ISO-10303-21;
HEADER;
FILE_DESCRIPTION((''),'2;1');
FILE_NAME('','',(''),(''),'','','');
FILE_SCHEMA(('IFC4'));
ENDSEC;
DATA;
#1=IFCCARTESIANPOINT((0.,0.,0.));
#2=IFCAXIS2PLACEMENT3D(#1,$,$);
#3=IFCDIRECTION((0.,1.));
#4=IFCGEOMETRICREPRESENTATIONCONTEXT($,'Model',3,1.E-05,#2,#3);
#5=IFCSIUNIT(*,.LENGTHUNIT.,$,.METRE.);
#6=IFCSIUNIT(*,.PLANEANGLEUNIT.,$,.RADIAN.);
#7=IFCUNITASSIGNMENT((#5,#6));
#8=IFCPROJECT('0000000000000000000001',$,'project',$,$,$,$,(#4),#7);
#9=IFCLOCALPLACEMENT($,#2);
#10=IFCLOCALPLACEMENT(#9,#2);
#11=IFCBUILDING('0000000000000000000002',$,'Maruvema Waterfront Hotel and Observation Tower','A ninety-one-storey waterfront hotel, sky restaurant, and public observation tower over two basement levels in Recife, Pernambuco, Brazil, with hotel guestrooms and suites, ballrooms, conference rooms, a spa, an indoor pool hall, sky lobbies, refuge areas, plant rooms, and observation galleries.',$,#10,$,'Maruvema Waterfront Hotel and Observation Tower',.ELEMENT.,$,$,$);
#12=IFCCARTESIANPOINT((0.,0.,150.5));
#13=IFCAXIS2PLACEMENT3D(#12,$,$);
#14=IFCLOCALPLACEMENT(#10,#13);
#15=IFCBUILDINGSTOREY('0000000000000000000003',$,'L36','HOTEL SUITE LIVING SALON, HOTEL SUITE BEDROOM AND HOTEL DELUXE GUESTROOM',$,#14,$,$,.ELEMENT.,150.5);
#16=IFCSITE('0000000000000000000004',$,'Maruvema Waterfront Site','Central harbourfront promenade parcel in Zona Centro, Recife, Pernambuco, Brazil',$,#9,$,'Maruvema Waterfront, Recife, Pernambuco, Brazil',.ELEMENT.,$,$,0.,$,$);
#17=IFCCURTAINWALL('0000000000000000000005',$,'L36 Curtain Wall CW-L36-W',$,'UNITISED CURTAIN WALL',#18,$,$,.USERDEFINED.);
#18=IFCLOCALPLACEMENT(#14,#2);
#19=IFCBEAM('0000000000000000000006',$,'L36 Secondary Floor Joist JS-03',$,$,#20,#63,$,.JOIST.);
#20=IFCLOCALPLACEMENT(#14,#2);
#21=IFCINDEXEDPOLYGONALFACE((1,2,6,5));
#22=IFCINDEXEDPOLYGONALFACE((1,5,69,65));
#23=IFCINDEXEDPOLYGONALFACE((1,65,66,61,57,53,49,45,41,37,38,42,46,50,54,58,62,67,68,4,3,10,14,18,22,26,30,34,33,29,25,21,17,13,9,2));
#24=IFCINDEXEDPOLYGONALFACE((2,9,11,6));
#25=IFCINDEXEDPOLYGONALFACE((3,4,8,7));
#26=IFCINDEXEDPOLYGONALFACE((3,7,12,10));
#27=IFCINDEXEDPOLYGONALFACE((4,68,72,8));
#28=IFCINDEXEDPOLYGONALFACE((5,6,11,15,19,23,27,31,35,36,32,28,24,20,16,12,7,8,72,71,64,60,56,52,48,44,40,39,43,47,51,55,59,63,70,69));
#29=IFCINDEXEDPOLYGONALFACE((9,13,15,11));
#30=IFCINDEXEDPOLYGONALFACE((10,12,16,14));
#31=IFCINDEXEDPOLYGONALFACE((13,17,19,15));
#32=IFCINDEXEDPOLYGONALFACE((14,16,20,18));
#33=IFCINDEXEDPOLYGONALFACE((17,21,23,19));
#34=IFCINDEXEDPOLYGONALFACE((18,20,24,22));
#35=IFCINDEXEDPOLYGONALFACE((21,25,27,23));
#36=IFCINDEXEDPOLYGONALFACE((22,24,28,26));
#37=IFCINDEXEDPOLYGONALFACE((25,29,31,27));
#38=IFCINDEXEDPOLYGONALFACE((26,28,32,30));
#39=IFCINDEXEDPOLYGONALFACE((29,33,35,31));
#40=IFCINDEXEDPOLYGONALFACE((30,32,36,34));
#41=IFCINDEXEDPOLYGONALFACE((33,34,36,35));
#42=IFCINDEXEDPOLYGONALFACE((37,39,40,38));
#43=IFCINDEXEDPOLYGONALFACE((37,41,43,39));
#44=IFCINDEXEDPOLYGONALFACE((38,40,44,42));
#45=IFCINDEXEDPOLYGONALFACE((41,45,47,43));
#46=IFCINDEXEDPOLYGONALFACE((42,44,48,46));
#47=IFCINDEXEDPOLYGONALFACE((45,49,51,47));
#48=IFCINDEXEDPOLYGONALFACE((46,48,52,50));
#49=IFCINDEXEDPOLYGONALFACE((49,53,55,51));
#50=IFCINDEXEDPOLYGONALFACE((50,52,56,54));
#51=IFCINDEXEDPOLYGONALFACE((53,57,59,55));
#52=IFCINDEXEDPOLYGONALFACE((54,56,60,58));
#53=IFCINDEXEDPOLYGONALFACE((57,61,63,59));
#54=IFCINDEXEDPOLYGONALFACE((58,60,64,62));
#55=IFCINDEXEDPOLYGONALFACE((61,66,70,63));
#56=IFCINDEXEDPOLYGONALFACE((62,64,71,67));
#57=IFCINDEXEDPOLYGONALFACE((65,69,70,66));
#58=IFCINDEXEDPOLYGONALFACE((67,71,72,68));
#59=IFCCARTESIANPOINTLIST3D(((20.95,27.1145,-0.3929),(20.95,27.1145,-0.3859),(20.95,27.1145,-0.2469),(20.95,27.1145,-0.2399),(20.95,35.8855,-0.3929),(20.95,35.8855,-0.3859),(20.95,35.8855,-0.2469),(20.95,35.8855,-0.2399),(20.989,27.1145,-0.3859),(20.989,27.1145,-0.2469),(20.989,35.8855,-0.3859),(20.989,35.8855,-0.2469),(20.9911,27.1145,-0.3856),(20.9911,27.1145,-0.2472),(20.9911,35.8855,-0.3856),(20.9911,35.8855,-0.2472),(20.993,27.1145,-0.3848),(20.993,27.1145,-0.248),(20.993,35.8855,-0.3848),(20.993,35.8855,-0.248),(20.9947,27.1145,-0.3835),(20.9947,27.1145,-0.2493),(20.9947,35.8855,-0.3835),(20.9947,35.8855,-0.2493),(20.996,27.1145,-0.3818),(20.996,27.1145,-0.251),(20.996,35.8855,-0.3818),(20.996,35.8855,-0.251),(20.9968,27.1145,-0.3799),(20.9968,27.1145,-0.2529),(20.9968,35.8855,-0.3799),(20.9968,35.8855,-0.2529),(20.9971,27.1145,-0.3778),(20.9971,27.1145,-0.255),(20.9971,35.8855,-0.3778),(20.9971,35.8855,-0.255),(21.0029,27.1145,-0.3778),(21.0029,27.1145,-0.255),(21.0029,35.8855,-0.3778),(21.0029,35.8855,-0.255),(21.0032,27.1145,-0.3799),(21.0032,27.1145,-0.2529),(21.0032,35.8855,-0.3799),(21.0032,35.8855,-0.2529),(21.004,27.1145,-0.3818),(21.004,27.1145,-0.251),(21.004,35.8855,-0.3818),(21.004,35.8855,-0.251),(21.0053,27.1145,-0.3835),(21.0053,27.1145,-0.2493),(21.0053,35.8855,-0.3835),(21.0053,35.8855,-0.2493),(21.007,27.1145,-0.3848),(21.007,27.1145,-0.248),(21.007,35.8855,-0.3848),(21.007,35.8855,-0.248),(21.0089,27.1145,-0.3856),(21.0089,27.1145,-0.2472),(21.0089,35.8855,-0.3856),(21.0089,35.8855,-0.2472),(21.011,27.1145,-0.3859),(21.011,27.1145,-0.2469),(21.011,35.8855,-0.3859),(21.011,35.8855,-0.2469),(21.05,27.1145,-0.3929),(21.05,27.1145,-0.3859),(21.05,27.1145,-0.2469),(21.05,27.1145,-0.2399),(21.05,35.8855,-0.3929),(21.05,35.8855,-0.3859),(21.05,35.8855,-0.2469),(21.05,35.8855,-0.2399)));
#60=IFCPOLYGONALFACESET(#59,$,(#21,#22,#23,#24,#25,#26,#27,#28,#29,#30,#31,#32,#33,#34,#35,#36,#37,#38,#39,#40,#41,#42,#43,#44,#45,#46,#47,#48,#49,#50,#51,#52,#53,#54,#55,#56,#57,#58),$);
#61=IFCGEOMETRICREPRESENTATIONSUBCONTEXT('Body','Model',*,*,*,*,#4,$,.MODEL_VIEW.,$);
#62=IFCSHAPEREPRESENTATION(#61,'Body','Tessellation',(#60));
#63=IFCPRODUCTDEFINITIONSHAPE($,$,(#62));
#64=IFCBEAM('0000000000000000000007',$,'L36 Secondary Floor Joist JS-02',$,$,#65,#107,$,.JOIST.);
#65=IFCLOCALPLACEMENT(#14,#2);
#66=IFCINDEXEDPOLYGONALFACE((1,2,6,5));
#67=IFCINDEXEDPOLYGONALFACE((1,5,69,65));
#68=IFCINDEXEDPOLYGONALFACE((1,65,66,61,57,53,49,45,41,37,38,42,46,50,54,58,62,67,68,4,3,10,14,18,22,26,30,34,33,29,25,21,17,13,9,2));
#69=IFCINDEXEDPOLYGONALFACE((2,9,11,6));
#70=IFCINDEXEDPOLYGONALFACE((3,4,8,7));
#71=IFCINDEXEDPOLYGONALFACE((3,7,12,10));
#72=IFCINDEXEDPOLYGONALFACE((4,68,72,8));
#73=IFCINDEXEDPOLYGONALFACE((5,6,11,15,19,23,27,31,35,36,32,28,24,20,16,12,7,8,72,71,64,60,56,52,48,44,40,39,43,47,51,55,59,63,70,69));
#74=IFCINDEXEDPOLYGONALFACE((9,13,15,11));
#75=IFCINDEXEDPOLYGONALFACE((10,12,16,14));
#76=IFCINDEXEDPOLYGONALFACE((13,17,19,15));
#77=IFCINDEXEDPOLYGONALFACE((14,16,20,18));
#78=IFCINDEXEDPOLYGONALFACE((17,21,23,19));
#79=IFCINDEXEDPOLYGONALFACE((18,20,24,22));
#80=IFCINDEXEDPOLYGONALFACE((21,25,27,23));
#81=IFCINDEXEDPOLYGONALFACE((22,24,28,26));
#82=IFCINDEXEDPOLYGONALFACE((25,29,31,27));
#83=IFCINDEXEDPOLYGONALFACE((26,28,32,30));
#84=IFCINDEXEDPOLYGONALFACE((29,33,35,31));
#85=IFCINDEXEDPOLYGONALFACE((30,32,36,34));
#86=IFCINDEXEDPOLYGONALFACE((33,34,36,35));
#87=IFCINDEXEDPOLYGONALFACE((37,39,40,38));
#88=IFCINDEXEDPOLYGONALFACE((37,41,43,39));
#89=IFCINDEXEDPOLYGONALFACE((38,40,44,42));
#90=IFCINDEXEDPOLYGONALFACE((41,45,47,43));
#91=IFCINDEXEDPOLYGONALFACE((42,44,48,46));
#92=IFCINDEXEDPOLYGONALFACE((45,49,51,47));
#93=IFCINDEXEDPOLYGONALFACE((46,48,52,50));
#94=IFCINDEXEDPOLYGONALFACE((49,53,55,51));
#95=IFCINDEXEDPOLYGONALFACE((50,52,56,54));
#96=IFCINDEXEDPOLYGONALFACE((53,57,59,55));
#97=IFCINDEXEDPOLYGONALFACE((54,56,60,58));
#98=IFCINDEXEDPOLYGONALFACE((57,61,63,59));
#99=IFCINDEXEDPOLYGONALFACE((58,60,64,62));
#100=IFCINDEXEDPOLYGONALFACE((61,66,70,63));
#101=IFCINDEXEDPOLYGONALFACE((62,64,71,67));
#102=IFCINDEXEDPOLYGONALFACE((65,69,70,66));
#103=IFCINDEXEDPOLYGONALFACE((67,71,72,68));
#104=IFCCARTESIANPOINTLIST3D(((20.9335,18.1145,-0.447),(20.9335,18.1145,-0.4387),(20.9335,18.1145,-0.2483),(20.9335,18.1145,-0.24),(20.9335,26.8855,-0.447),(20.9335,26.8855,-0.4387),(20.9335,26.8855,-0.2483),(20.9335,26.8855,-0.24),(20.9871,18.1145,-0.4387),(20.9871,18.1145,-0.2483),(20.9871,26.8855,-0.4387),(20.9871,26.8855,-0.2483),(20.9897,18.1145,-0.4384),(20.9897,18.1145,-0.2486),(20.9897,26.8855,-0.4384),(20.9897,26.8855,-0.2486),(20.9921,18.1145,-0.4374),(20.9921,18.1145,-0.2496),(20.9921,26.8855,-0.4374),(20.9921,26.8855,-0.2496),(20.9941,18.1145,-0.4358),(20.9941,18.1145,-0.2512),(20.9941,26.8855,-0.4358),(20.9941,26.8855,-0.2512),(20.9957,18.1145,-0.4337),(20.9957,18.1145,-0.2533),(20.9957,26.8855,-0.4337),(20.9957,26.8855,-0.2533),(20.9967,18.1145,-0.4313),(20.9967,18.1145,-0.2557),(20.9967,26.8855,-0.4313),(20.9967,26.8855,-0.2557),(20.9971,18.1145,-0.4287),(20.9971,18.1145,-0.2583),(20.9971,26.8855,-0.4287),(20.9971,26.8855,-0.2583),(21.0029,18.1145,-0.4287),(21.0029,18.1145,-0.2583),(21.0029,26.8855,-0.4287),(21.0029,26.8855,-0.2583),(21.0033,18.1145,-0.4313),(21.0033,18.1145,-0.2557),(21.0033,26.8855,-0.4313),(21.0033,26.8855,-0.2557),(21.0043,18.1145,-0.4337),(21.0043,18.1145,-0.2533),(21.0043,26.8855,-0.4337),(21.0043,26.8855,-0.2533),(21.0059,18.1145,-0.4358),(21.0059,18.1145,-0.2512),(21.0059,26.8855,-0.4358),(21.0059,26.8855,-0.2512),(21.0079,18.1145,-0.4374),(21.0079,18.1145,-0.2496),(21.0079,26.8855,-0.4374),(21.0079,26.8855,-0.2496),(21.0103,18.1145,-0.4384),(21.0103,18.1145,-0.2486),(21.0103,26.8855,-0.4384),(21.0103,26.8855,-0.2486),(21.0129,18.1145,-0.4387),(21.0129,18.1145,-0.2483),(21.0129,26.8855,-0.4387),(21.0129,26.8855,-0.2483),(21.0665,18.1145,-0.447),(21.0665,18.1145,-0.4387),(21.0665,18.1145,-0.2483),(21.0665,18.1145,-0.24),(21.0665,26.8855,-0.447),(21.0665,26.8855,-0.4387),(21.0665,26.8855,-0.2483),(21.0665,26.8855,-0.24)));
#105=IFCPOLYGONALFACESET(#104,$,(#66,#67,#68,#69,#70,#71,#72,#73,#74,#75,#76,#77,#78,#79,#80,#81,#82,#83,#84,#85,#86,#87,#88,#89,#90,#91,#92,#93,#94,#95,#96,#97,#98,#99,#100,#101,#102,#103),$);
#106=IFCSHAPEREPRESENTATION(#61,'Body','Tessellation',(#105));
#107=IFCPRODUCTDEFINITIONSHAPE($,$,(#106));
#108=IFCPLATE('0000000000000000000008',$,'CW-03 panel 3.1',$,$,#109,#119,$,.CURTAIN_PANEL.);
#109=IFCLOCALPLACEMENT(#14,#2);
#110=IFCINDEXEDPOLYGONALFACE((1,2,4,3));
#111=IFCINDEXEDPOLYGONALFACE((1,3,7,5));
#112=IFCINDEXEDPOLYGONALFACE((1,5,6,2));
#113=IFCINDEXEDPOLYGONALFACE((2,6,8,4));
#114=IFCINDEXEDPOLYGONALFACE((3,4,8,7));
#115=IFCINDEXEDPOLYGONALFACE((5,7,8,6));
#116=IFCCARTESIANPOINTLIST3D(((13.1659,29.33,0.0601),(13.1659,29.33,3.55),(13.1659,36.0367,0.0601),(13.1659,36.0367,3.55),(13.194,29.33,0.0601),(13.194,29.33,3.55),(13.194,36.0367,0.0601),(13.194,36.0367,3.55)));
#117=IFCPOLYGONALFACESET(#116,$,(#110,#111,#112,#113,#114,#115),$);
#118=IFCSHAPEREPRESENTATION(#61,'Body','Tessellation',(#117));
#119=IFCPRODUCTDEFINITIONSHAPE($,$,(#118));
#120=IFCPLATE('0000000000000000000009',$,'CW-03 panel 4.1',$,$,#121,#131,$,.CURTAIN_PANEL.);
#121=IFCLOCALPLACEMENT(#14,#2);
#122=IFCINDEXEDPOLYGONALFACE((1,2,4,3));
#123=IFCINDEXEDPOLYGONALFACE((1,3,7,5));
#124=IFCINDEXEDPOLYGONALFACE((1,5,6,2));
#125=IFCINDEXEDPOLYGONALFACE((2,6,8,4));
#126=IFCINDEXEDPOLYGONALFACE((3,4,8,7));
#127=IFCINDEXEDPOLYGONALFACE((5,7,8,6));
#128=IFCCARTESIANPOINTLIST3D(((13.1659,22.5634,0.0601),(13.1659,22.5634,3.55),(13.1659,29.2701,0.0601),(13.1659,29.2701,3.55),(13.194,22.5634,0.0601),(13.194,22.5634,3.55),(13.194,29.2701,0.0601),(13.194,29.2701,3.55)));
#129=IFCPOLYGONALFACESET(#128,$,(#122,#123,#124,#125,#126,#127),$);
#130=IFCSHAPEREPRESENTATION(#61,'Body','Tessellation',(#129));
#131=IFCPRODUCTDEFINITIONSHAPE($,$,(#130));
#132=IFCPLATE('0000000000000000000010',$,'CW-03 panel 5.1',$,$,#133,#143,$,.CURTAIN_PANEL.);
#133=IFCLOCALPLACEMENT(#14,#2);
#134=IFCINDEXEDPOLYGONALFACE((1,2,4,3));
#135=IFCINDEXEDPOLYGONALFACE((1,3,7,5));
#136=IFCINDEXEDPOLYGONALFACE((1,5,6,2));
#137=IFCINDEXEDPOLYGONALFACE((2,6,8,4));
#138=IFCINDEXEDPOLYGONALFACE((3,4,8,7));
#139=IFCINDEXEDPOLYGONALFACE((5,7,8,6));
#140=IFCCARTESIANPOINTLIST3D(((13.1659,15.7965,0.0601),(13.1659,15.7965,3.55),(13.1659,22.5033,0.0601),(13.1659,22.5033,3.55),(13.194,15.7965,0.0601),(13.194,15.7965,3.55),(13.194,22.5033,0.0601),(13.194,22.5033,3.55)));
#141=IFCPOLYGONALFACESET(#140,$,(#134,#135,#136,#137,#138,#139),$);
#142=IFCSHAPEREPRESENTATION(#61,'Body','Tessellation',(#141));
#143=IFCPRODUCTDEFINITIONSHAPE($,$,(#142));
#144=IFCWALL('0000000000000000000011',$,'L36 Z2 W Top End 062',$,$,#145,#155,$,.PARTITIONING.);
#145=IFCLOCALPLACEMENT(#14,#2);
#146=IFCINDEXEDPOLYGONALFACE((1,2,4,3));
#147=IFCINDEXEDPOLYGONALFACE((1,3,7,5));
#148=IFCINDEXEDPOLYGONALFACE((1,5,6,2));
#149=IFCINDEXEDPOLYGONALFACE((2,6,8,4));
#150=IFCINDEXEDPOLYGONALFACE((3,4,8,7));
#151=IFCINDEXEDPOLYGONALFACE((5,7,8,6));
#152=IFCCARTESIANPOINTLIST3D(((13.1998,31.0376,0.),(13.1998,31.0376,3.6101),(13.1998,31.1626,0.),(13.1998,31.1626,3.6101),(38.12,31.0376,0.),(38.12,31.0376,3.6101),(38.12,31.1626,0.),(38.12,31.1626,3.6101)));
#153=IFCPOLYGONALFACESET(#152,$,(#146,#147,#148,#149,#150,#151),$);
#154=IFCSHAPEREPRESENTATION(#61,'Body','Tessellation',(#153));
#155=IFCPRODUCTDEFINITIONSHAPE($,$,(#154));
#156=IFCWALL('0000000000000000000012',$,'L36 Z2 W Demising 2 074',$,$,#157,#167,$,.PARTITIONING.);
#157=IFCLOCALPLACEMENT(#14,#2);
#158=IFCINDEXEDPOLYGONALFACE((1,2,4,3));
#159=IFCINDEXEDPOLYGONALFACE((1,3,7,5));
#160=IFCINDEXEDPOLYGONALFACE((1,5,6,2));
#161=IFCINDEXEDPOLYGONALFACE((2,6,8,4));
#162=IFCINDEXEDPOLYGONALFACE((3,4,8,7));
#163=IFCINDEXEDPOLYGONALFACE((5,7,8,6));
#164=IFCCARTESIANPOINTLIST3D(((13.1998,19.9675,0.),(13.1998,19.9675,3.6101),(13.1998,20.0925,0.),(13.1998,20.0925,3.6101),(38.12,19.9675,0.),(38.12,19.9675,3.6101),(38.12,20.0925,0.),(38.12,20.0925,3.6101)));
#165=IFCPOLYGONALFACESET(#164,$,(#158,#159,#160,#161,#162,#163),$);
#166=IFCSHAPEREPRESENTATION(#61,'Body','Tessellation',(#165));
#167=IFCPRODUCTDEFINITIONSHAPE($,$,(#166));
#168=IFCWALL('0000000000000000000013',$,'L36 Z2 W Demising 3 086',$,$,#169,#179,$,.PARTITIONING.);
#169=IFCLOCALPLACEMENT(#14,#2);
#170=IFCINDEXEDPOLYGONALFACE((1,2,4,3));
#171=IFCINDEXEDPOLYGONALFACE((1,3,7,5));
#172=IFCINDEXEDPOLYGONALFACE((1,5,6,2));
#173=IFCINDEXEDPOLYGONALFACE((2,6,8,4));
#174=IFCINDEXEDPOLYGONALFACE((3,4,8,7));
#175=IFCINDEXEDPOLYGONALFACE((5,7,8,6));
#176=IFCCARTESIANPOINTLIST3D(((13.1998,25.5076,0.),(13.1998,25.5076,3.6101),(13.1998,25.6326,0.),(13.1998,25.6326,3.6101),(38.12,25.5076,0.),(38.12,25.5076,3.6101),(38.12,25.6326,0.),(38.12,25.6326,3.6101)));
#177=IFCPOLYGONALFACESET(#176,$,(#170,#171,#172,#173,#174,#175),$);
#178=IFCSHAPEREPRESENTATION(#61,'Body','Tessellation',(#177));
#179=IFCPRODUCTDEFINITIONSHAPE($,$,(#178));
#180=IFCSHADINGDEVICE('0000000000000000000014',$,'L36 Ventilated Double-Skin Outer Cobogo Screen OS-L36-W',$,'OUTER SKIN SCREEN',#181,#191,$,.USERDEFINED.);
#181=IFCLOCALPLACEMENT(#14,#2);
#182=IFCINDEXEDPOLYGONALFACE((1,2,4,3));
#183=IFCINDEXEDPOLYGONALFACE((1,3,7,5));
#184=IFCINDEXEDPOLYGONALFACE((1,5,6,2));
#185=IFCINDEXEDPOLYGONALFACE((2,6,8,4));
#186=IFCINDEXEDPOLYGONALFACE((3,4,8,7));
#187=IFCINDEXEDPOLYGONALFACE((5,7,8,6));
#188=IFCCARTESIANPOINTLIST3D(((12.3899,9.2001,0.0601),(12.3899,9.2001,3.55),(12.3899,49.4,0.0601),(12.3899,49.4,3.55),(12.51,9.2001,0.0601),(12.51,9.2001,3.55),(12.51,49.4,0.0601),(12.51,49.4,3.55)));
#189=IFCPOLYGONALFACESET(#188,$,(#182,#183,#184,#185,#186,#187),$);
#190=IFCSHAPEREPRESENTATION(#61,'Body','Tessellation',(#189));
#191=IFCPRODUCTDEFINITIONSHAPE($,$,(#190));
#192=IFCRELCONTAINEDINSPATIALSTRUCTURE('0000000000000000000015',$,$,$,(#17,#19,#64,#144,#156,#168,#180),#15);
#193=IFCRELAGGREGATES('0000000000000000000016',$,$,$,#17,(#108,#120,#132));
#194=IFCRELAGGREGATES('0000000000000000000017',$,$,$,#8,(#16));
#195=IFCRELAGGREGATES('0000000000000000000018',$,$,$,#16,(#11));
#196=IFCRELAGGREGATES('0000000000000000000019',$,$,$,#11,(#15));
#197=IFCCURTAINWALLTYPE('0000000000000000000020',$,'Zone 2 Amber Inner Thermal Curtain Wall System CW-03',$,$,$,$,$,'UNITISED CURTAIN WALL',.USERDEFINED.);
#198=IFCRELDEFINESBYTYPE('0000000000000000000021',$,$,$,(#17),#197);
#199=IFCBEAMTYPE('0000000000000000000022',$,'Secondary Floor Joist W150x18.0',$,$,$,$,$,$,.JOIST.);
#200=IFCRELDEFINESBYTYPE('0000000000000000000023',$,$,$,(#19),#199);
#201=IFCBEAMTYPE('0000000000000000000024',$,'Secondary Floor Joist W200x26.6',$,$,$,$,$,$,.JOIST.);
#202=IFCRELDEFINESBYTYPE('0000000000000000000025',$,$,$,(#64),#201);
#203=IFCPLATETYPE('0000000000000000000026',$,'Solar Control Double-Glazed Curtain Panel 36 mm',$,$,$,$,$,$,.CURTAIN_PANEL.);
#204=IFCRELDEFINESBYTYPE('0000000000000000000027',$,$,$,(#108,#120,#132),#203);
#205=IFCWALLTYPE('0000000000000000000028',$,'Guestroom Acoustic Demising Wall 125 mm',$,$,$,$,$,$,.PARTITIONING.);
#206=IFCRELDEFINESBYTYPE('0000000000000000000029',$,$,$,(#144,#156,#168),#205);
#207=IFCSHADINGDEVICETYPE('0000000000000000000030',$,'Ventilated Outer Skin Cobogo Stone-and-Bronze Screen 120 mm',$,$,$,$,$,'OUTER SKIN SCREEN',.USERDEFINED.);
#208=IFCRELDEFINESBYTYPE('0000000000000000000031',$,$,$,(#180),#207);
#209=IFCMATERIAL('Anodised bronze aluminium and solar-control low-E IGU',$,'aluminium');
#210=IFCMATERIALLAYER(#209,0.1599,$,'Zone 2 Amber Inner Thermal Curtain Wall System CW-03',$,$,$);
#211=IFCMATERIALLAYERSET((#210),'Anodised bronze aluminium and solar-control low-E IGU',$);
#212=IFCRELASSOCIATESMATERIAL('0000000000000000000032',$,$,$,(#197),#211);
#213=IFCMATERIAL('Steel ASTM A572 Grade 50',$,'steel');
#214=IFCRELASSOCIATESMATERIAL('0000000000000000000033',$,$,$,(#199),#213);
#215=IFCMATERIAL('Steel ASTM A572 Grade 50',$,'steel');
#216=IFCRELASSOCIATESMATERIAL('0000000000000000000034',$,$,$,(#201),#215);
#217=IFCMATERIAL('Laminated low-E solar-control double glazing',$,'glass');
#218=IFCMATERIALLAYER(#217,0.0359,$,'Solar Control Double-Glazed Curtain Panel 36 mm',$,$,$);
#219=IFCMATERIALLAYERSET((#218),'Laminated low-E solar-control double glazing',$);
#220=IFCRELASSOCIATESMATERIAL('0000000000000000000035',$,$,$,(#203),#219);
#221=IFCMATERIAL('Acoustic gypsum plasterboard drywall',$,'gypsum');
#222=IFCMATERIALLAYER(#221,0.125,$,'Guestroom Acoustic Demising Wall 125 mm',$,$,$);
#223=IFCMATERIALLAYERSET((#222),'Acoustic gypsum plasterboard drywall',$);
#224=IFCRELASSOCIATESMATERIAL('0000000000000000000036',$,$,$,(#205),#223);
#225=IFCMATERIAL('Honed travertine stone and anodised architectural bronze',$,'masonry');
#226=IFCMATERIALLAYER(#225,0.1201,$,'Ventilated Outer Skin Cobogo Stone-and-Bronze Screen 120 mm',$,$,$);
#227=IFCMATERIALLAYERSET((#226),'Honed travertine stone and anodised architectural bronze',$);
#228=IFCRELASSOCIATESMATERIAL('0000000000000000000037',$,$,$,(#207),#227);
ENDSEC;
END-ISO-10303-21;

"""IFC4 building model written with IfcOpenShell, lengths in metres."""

from ifc_helpers import new_model, si_unit, direction, frame, frame_2d, origin, origin_2d, place, context, subcontext, project, spatial, rectangle, i_section, extrude, material, layer, layer_set, material_profile, profile_set, type_object, element, aggregate, save


model = new_model("IFC4")

# Units and contexts
model_context = context("Model", 3, precision=1e-05, world=origin(), true_north=direction((0.0, 1.0)))
body_context = subcontext(model_context, "Body", "Model", "MODEL_VIEW")
ifc_project = project(units=[si_unit("LENGTHUNIT", "METRE"), si_unit("PLANEANGLEUNIT", "RADIAN")], contexts=[model_context])

# Site, building, storey
site_placement = place(None, origin())
site = spatial("IfcSite", under=ifc_project, at=site_placement, Name="Maruvema Waterfront Site", Description="Central harbourfront promenade parcel in Zona Centro, Recife, Pernambuco, Brazil", LongName="Maruvema Waterfront, Recife, Pernambuco, Brazil", CompositionType="ELEMENT", RefElevation=0.0)
building_placement = place(site_placement, origin())
building = spatial("IfcBuilding", under=site, at=building_placement, Name="Maruvema Waterfront Hotel and Observation Tower", Description="A ninety-one-storey waterfront hotel, sky restaurant, and public observation tower over two basement levels in Recife, Pernambuco, Brazil, with hotel guestrooms and suites, ballrooms, conference rooms, a spa, an indoor pool hall, sky lobbies, refuge areas, plant rooms, and observation galleries.", LongName="Maruvema Waterfront Hotel and Observation Tower", CompositionType="ELEMENT")
storey_placement = place(building_placement, frame((0.0, 0.0, 150.5)))
storey = spatial("IfcBuildingStorey", under=building, at=storey_placement, Name="L36", Description="HOTEL SUITE LIVING SALON, HOTEL SUITE BEDROOM AND HOTEL DELUXE GUESTROOM", CompositionType="ELEMENT", Elevation=150.5)

# Curtain wall
ifc_material_1 = material(Name="Anodised bronze aluminium and solar-control low-E IGU", Category="aluminium")
ifc_layer_1 = layer(ifc_material_1, 0.1599, Name="Zone 2 Amber Inner Thermal Curtain Wall System CW-03")
ifc_layer_set_1 = layer_set([ifc_layer_1], Name="Anodised bronze aluminium and solar-control low-E IGU")
curtain_wall_type = type_object("IfcCurtainWallType", Name="Zone 2 Amber Inner Thermal Curtain Wall System CW-03", ElementType="UNITISED CURTAIN WALL", PredefinedType="USERDEFINED", material=ifc_layer_set_1)
curtain_wall_placement = place(storey_placement, origin())
curtain_wall = element("IfcCurtainWall", 1, at=curtain_wall_placement, inside=storey, type_object=curtain_wall_type, Name="L36 Curtain Wall CW-L36-W", ObjectType="UNITISED CURTAIN WALL", PredefinedType="USERDEFINED")

# Beams
ifc_material_2 = material(Name="Steel ASTM A572 Grade 50", Category="steel")
ifc_material_profile_1 = material_profile(ifc_material_2, i_section(OverallWidth=0.1001, OverallDepth=0.1531, WebThickness=0.0059, FlangeThickness=0.0071, FilletRadius=0.0081, at=origin_2d()), Name="W150x18.0")
ifc_profile_set_1 = profile_set([ifc_material_profile_1], Name="Steel ASTM A572 Grade 50")
beam_type_1 = type_object("IfcBeamType", Name="Secondary Floor Joist W150x18.0", PredefinedType="JOIST", material=ifc_profile_set_1)
beam_1_placement = place(storey_placement, frame((21.0, 27.1145, -0.3164), z_axis=(0.0, 1.0, 0.0), x_axis=(-1.0, 0.0, 0.0)))
element("IfcBeam", 2, at=beam_1_placement, inside=storey, type_object=beam_type_1, Name="L36 Secondary Floor Joist JS-03", PredefinedType="JOIST", context=body_context, shape_type="SweptSolid", body=[
    extrude(i_section(OverallWidth=0.1001, OverallDepth=0.1531, WebThickness=0.0059, FlangeThickness=0.0071, FilletRadius=0.0081, at=origin_2d()), origin(), (0.0, 0.0, 1.0), 8.771),
])
ifc_material_3 = material(Name="Steel ASTM A572 Grade 50", Category="steel")
ifc_material_profile_2 = material_profile(ifc_material_3, i_section(OverallWidth=0.1331, OverallDepth=0.207, WebThickness=0.0059, FlangeThickness=0.0083, FilletRadius=0.01, at=origin_2d()), Name="W200x26.6")
ifc_profile_set_2 = profile_set([ifc_material_profile_2], Name="Steel ASTM A572 Grade 50")
beam_type_2 = type_object("IfcBeamType", Name="Secondary Floor Joist W200x26.6", PredefinedType="JOIST", material=ifc_profile_set_2)
beam_2_placement = place(storey_placement, frame((21.0, 18.1145, -0.3435), z_axis=(0.0, 1.0, 0.0), x_axis=(-1.0, 0.0, 0.0)))
element("IfcBeam", 3, at=beam_2_placement, inside=storey, type_object=beam_type_2, Name="L36 Secondary Floor Joist JS-02", PredefinedType="JOIST", context=body_context, shape_type="SweptSolid", body=[
    extrude(i_section(OverallWidth=0.1331, OverallDepth=0.207, WebThickness=0.0059, FlangeThickness=0.0083, FilletRadius=0.01, at=origin_2d()), origin(), (0.0, 0.0, 1.0), 8.771),
])

# Plates
ifc_material_4 = material(Name="Laminated low-E solar-control double glazing", Category="glass")
ifc_layer_2 = layer(ifc_material_4, 0.0359, Name="Solar Control Double-Glazed Curtain Panel 36 mm")
ifc_layer_set_2 = layer_set([ifc_layer_2], Name="Laminated low-E solar-control double glazing")
plate_type = type_object("IfcPlateType", Name="Solar Control Double-Glazed Curtain Panel 36 mm", PredefinedType="CURTAIN_PANEL", material=ifc_layer_set_2)
plate_1_placement = place(storey_placement, frame((13.1799, 32.6833, 0.0601), z_axis=(0.0, 0.0, 1.0), x_axis=(0.0, -1.0, 0.0)))
plate_1 = element("IfcPlate", 4, at=plate_1_placement, type_object=plate_type, Name="CW-03 panel 3.1", PredefinedType="CURTAIN_PANEL", context=body_context, shape_type="SweptSolid", body=[
    extrude(rectangle(XDim=6.7068, YDim=0.0281, at=origin_2d()), origin(), (0.0, 0.0, 1.0), 3.49),
])
plate_2_placement = place(storey_placement, frame((13.1799, 25.9167, 0.0601), z_axis=(0.0, 0.0, 1.0), x_axis=(0.0, -1.0, 0.0)))
plate_2 = element("IfcPlate", 5, at=plate_2_placement, type_object=plate_type, Name="CW-03 panel 4.1", PredefinedType="CURTAIN_PANEL", context=body_context, shape_type="SweptSolid", body=[
    extrude(rectangle(XDim=6.7068, YDim=0.0281, at=origin_2d()), origin(), (0.0, 0.0, 1.0), 3.49),
])
plate_3_placement = place(storey_placement, frame((13.1799, 19.1499, 0.0601), z_axis=(0.0, 0.0, 1.0), x_axis=(0.0, -1.0, 0.0)))
plate_3 = element("IfcPlate", 6, at=plate_3_placement, type_object=plate_type, Name="CW-03 panel 5.1", PredefinedType="CURTAIN_PANEL", context=body_context, shape_type="SweptSolid", body=[
    extrude(rectangle(XDim=6.7068, YDim=0.0281, at=origin_2d()), origin(), (0.0, 0.0, 1.0), 3.49),
])
aggregate(curtain_wall, [plate_1, plate_2, plate_3])

# Walls
ifc_material_5 = material(Name="Acoustic gypsum plasterboard drywall", Category="gypsum")
ifc_layer_3 = layer(ifc_material_5, 0.125, Name="Guestroom Acoustic Demising Wall 125 mm")
ifc_layer_set_3 = layer_set([ifc_layer_3], Name="Acoustic gypsum plasterboard drywall")
wall_type = type_object("IfcWallType", Name="Guestroom Acoustic Demising Wall 125 mm", PredefinedType="PARTITIONING", material=ifc_layer_set_3)
for number, where, z_axis, x_axis, name in (
    (7, (13.2, 31.1001, 0.0), (0.0, 0.0, 1.0), (1.0, 0.0, 0.0), "L36 Z2 W Top End 062"),
    (8, (13.2, 20.03, 0.0), (0.0, 0.0, 1.0), (1.0, 0.0, 0.0), "L36 Z2 W Demising 2 074"),
    (9, (13.2, 25.5701, 0.0), (0.0, 0.0, 1.0), (1.0, 0.0, 0.0), "L36 Z2 W Demising 3 086"),
):
    element("IfcWall", number, at=place(storey_placement, frame(where, z_axis=z_axis, x_axis=x_axis)), inside=storey, type_object=wall_type, Name=name, PredefinedType="PARTITIONING", context=body_context, shape_type="SweptSolid", body=[
        extrude(rectangle(XDim=24.9202, YDim=0.125, at=frame_2d((12.46, 0.0))), origin(), (0.0, 0.0, 1.0), 3.6101),
    ])

# Shading device
ifc_material_6 = material(Name="Honed travertine stone and anodised architectural bronze", Category="masonry")
ifc_layer_4 = layer(ifc_material_6, 0.1201, Name="Ventilated Outer Skin Cobogo Stone-and-Bronze Screen 120 mm")
ifc_layer_set_4 = layer_set([ifc_layer_4], Name="Honed travertine stone and anodised architectural bronze")
shading_device_type = type_object("IfcShadingDeviceType", Name="Ventilated Outer Skin Cobogo Stone-and-Bronze Screen 120 mm", ElementType="OUTER SKIN SCREEN", PredefinedType="USERDEFINED", material=ifc_layer_set_4)
shading_device_placement = place(storey_placement, frame((12.45, 29.3, 0.0601), z_axis=(0.0, 0.0, 1.0), x_axis=(0.0, -1.0, 0.0)))
element("IfcShadingDevice", 10, at=shading_device_placement, inside=storey, type_object=shading_device_type, Name="L36 Ventilated Double-Skin Outer Cobogo Screen OS-L36-W", ObjectType="OUTER SKIN SCREEN", PredefinedType="USERDEFINED", context=body_context, shape_type="SweptSolid", body=[
    extrude(rectangle(XDim=40.2, YDim=0.1201, at=origin_2d()), origin(), (0.0, 0.0, 1.0), 3.49),
])

save(model, "model.ifc")
